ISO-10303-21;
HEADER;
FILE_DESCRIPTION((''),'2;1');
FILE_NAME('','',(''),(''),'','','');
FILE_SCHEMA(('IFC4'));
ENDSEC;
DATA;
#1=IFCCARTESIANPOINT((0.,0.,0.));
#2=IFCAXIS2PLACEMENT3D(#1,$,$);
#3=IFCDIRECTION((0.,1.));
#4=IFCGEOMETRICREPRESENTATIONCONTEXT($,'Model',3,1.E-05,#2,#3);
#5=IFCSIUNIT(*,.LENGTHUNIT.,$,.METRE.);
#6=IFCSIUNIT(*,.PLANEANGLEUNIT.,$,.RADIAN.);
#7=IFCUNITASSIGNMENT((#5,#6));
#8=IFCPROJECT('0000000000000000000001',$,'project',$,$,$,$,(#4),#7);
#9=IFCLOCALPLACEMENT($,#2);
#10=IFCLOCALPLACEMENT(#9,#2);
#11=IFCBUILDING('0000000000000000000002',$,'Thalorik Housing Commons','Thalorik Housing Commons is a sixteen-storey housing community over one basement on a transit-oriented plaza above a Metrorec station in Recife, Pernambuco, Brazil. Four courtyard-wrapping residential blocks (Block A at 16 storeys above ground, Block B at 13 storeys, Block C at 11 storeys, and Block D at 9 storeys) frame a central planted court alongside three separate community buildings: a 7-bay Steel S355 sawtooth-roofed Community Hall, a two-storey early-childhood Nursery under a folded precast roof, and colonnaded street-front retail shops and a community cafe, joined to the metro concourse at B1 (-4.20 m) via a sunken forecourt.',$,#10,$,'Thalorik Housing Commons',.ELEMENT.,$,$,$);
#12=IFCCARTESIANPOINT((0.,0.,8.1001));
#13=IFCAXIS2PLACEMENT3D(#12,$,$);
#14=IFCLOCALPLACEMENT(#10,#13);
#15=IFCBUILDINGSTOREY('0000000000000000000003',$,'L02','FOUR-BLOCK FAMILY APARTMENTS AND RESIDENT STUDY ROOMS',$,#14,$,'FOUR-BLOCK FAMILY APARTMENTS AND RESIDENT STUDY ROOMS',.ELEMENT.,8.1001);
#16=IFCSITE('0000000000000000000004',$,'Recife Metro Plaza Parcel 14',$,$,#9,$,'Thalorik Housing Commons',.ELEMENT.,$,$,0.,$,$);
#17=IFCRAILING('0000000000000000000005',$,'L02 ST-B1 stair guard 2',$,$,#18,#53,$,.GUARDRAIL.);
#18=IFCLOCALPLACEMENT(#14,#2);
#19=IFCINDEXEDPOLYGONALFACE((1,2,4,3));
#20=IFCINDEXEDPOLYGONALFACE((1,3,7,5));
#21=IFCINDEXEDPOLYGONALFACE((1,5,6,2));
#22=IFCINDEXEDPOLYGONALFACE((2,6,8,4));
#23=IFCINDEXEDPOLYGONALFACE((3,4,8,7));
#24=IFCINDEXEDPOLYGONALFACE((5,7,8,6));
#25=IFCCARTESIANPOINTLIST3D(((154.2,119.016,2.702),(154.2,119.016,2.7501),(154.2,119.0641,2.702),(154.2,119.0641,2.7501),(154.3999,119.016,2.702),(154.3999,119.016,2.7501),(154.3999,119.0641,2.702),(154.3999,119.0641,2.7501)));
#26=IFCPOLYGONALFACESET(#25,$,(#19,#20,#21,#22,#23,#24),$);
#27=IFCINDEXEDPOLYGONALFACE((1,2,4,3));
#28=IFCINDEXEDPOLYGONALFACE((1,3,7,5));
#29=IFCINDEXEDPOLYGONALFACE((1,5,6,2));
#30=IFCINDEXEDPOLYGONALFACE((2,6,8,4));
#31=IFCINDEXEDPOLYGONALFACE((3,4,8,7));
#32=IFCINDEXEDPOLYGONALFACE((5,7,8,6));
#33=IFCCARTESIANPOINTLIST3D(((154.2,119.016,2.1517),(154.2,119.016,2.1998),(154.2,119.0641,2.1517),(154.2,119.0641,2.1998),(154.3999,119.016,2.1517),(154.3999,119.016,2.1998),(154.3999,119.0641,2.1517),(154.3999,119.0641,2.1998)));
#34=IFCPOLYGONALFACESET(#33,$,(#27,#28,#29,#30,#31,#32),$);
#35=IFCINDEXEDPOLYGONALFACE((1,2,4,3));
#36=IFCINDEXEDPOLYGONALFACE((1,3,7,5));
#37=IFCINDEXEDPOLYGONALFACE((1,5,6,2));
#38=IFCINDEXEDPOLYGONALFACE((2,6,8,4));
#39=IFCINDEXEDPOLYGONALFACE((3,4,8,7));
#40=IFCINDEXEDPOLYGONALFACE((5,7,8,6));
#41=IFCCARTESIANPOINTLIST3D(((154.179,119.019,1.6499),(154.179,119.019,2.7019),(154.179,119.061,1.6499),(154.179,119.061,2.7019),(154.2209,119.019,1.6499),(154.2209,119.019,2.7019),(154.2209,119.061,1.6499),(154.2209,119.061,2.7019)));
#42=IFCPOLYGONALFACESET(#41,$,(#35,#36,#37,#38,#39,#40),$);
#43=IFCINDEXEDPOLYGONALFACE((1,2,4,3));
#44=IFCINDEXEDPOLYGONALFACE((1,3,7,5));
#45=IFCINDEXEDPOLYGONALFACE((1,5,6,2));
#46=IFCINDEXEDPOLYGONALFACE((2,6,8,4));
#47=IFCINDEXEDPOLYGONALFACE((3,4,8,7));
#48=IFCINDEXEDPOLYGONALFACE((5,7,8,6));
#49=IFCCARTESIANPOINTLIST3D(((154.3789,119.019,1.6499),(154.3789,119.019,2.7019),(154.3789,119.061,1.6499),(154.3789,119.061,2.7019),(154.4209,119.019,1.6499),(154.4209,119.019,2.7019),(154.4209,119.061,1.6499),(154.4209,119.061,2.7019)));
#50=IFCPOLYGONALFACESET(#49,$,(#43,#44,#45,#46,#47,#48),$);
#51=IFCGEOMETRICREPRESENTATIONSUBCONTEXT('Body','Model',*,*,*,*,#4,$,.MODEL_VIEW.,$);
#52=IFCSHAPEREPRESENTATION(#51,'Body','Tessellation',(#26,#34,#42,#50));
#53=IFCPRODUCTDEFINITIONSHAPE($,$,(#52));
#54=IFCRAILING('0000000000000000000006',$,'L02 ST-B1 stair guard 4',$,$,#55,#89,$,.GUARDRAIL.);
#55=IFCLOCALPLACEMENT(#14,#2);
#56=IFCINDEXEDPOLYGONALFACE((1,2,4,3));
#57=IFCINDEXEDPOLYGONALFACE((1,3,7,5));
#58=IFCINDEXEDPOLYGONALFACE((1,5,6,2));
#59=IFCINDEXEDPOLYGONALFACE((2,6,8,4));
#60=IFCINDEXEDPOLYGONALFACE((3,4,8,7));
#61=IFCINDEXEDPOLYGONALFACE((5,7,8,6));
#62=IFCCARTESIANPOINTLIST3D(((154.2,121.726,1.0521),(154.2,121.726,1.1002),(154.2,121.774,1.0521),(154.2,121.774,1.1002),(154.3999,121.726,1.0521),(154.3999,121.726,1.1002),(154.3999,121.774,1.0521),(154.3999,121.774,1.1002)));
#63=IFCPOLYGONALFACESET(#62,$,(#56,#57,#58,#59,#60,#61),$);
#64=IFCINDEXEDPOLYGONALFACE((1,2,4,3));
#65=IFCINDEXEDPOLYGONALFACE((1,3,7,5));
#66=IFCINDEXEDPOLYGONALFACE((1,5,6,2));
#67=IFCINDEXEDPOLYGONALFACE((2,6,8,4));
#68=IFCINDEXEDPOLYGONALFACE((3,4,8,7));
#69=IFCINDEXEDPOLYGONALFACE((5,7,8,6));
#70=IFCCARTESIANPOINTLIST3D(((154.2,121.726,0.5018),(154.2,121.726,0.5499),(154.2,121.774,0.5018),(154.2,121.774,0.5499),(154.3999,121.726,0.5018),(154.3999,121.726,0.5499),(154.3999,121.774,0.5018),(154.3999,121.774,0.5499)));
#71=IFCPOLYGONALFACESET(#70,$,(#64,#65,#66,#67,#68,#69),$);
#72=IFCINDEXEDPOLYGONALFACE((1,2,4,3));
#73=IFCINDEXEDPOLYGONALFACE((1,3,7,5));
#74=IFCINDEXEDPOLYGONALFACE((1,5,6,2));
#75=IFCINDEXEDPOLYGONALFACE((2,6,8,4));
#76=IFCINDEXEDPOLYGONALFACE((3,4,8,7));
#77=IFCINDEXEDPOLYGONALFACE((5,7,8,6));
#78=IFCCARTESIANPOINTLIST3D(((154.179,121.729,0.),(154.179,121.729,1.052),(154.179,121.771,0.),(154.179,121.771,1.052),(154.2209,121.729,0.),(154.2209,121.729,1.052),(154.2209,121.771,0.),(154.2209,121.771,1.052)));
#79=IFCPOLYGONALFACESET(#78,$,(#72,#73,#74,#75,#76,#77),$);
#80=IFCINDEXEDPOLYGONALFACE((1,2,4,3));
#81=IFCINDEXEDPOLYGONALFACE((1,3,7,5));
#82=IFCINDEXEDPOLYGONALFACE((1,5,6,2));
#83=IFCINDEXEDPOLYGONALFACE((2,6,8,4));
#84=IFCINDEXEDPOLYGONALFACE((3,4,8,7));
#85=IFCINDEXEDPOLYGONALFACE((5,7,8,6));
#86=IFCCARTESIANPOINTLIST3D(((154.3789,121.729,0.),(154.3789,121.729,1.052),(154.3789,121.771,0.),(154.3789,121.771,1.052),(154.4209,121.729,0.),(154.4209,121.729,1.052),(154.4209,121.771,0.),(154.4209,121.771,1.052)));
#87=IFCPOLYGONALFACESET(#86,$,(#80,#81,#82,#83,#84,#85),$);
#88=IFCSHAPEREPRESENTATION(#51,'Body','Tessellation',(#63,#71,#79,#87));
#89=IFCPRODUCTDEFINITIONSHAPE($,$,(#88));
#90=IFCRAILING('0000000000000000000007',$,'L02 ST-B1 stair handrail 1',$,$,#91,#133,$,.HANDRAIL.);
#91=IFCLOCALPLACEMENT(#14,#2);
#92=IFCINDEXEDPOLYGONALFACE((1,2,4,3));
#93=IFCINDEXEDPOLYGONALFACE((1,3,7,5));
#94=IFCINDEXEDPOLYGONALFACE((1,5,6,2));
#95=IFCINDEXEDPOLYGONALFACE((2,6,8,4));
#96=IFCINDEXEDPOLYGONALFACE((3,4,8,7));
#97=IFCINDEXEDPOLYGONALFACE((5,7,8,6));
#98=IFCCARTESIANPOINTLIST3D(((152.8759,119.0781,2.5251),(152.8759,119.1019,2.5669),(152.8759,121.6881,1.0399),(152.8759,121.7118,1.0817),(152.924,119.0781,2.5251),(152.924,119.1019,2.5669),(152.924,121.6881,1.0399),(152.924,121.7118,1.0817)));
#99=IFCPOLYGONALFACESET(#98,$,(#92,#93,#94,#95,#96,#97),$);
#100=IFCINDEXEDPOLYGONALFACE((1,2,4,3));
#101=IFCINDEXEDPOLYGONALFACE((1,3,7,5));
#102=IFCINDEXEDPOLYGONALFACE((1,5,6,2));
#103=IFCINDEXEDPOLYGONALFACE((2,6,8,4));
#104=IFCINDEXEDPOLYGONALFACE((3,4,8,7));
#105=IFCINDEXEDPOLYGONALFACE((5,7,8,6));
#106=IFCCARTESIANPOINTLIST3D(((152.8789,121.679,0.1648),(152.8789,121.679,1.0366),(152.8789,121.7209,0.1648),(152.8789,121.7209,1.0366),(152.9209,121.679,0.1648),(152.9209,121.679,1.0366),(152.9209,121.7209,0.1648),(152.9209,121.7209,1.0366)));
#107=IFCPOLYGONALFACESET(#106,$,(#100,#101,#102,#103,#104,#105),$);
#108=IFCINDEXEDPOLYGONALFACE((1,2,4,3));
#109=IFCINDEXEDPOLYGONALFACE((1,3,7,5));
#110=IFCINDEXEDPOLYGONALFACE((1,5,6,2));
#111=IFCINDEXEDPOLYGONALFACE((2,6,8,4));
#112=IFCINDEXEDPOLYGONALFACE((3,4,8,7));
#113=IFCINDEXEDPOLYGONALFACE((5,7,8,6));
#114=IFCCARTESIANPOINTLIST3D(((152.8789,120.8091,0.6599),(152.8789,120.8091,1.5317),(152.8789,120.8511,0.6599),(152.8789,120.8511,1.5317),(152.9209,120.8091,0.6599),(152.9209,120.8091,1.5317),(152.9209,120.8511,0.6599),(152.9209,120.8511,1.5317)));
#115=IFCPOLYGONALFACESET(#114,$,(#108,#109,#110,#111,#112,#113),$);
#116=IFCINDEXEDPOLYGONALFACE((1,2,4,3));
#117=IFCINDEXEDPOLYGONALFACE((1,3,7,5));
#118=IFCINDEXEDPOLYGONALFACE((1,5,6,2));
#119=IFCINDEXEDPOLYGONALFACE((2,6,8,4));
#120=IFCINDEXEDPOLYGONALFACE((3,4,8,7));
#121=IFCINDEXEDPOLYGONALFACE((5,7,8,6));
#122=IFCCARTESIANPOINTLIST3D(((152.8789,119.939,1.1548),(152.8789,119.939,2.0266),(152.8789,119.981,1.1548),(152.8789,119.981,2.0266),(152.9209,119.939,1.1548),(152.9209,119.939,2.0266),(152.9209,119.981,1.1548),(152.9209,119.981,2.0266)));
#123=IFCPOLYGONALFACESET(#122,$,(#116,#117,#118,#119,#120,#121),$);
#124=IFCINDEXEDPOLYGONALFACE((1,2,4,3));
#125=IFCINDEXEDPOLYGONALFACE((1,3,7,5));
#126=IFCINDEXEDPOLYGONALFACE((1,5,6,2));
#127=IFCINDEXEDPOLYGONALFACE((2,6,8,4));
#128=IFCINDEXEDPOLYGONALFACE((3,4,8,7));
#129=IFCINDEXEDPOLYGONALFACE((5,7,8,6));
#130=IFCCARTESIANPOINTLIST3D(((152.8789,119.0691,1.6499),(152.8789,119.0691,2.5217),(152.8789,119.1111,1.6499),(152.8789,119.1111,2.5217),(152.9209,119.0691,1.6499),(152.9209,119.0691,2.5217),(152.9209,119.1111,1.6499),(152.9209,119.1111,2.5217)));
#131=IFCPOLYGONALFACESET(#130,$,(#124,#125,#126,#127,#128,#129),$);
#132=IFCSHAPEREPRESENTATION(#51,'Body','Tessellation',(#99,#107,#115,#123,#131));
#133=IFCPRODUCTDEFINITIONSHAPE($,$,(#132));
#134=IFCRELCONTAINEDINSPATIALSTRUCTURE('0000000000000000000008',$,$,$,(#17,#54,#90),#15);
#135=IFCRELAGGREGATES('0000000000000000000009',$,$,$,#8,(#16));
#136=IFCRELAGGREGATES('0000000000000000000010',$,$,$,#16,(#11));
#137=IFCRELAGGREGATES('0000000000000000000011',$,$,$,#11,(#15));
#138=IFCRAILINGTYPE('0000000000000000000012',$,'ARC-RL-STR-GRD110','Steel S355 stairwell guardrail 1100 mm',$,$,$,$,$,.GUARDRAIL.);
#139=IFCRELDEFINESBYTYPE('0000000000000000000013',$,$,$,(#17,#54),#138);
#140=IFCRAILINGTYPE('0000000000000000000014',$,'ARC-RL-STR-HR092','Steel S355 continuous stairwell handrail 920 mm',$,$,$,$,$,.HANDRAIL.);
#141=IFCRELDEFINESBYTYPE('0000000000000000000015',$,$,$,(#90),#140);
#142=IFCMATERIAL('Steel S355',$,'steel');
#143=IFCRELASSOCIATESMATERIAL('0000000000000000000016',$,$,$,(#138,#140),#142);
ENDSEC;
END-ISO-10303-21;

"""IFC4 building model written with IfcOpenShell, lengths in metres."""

from ifc_helpers import new_model, si_unit, direction, frame, origin, origin_2d, place, context, subcontext, project, spatial, rectangle, extrude, material, type_object, element, save


model = new_model("IFC4")

# Units and contexts
model_context = context("Model", 3, precision=1e-05, world=origin(), true_north=direction((0.0, 1.0)))
body_context = subcontext(model_context, "Body", "Model", "MODEL_VIEW")
ifc_project = project(units=[si_unit("LENGTHUNIT", "METRE"), si_unit("PLANEANGLEUNIT", "RADIAN")], contexts=[model_context])

# Site, building, storey
site_placement = place(None, origin())
site = spatial("IfcSite", under=ifc_project, at=site_placement, Name="Recife Metro Plaza Parcel 14", LongName="Thalorik Housing Commons", CompositionType="ELEMENT", RefElevation=0.0)
building_placement = place(site_placement, origin())
building = spatial("IfcBuilding", under=site, at=building_placement, Name="Thalorik Housing Commons", Description="Thalorik Housing Commons is a sixteen-storey housing community over one basement on a transit-oriented plaza above a Metrorec station in Recife, Pernambuco, Brazil. Four courtyard-wrapping residential blocks (Block A at 16 storeys above ground, Block B at 13 storeys, Block C at 11 storeys, and Block D at 9 storeys) frame a central planted court alongside three separate community buildings: a 7-bay Steel S355 sawtooth-roofed Community Hall, a two-storey early-childhood Nursery under a folded precast roof, and colonnaded street-front retail shops and a community cafe, joined to the metro concourse at B1 (-4.20 m) via a sunken forecourt.", LongName="Thalorik Housing Commons", CompositionType="ELEMENT")
storey_placement = place(building_placement, frame((0.0, 0.0, 8.1001)))
storey = spatial("IfcBuildingStorey", under=building, at=storey_placement, Name="L02", Description="FOUR-BLOCK FAMILY APARTMENTS AND RESIDENT STUDY ROOMS", LongName="FOUR-BLOCK FAMILY APARTMENTS AND RESIDENT STUDY ROOMS", CompositionType="ELEMENT", Elevation=8.1001)

# Shared definitions
ifc_material_1 = material(Name="Steel S355", Category="steel")

# Railings
railing_type_1 = type_object("IfcRailingType", Name="ARC-RL-STR-GRD110", Description="Steel S355 stairwell guardrail 1100 mm", PredefinedType="GUARDRAIL", material=ifc_material_1)
for number, where, name in (
    (1, (154.2, 119.04, 1.6499), "L02 ST-B1 stair guard 2"),
    (2, (154.2, 121.75, 0.0), "L02 ST-B1 stair guard 4"),
):
    element("IfcRailing", number, at=place(storey_placement, frame(where)), inside=storey, type_object=railing_type_1, Name=name, PredefinedType="GUARDRAIL", context=body_context, shape_type="SweptSolid", body=[
        extrude(rectangle(XDim=0.0481, YDim=0.0481, at=origin_2d()), frame((0.0, 0.0, 1.0762), z_axis=(1.0, 0.0, 0.0), x_axis=(0.0, 1.0, 0.0)), (0.0, 0.0, 1.0), 0.2),
        extrude(rectangle(XDim=0.0481, YDim=0.0481, at=origin_2d()), frame((0.0, 0.0, 0.5259), z_axis=(1.0, 0.0, 0.0), x_axis=(0.0, 1.0, 0.0)), (0.0, 0.0, 1.0), 0.2),
        extrude(rectangle(XDim=0.042, YDim=0.042, at=origin_2d()), origin(), (0.0, 0.0, 1.0), 1.052),
        extrude(rectangle(XDim=0.042, YDim=0.042, at=origin_2d()), frame((0.2, 0.0, 0.0)), (0.0, 0.0, 1.0), 1.052),
    ])
railing_type_2 = type_object("IfcRailingType", Name="ARC-RL-STR-HR092", Description="Steel S355 continuous stairwell handrail 920 mm", PredefinedType="HANDRAIL", material=ifc_material_1)
railing_1_placement = place(storey_placement, frame((152.8999, 121.7, 0.1648)))
element("IfcRailing", 3, at=railing_1_placement, inside=storey, type_object=railing_type_2, Name="L02 ST-B1 stair handrail 1", PredefinedType="HANDRAIL", context=body_context, shape_type="SweptSolid", body=[
    extrude(rectangle(XDim=0.0481, YDim=0.0481, at=origin_2d()), frame((0.0, 0.0, 0.896), z_axis=(0.0, -0.869137, 0.494571), x_axis=(1.0, 0.0, 0.0)), (0.0, 0.0, 1.0), 3.0029),
    extrude(rectangle(XDim=0.042, YDim=0.042, at=origin_2d()), origin(), (0.0, 0.0, 1.0), 0.8718),
    extrude(rectangle(XDim=0.042, YDim=0.042, at=origin_2d()), frame((0.0, -0.8699, 0.4951)), (0.0, 0.0, 1.0), 0.8718),
    extrude(rectangle(XDim=0.042, YDim=0.042, at=origin_2d()), frame((0.0, -1.74, 0.99)), (0.0, 0.0, 1.0), 0.8718),
    extrude(rectangle(XDim=0.042, YDim=0.042, at=origin_2d()), frame((0.0, -2.6099, 1.4851)), (0.0, 0.0, 1.0), 0.8718),
])

save(model, "model.ifc")
